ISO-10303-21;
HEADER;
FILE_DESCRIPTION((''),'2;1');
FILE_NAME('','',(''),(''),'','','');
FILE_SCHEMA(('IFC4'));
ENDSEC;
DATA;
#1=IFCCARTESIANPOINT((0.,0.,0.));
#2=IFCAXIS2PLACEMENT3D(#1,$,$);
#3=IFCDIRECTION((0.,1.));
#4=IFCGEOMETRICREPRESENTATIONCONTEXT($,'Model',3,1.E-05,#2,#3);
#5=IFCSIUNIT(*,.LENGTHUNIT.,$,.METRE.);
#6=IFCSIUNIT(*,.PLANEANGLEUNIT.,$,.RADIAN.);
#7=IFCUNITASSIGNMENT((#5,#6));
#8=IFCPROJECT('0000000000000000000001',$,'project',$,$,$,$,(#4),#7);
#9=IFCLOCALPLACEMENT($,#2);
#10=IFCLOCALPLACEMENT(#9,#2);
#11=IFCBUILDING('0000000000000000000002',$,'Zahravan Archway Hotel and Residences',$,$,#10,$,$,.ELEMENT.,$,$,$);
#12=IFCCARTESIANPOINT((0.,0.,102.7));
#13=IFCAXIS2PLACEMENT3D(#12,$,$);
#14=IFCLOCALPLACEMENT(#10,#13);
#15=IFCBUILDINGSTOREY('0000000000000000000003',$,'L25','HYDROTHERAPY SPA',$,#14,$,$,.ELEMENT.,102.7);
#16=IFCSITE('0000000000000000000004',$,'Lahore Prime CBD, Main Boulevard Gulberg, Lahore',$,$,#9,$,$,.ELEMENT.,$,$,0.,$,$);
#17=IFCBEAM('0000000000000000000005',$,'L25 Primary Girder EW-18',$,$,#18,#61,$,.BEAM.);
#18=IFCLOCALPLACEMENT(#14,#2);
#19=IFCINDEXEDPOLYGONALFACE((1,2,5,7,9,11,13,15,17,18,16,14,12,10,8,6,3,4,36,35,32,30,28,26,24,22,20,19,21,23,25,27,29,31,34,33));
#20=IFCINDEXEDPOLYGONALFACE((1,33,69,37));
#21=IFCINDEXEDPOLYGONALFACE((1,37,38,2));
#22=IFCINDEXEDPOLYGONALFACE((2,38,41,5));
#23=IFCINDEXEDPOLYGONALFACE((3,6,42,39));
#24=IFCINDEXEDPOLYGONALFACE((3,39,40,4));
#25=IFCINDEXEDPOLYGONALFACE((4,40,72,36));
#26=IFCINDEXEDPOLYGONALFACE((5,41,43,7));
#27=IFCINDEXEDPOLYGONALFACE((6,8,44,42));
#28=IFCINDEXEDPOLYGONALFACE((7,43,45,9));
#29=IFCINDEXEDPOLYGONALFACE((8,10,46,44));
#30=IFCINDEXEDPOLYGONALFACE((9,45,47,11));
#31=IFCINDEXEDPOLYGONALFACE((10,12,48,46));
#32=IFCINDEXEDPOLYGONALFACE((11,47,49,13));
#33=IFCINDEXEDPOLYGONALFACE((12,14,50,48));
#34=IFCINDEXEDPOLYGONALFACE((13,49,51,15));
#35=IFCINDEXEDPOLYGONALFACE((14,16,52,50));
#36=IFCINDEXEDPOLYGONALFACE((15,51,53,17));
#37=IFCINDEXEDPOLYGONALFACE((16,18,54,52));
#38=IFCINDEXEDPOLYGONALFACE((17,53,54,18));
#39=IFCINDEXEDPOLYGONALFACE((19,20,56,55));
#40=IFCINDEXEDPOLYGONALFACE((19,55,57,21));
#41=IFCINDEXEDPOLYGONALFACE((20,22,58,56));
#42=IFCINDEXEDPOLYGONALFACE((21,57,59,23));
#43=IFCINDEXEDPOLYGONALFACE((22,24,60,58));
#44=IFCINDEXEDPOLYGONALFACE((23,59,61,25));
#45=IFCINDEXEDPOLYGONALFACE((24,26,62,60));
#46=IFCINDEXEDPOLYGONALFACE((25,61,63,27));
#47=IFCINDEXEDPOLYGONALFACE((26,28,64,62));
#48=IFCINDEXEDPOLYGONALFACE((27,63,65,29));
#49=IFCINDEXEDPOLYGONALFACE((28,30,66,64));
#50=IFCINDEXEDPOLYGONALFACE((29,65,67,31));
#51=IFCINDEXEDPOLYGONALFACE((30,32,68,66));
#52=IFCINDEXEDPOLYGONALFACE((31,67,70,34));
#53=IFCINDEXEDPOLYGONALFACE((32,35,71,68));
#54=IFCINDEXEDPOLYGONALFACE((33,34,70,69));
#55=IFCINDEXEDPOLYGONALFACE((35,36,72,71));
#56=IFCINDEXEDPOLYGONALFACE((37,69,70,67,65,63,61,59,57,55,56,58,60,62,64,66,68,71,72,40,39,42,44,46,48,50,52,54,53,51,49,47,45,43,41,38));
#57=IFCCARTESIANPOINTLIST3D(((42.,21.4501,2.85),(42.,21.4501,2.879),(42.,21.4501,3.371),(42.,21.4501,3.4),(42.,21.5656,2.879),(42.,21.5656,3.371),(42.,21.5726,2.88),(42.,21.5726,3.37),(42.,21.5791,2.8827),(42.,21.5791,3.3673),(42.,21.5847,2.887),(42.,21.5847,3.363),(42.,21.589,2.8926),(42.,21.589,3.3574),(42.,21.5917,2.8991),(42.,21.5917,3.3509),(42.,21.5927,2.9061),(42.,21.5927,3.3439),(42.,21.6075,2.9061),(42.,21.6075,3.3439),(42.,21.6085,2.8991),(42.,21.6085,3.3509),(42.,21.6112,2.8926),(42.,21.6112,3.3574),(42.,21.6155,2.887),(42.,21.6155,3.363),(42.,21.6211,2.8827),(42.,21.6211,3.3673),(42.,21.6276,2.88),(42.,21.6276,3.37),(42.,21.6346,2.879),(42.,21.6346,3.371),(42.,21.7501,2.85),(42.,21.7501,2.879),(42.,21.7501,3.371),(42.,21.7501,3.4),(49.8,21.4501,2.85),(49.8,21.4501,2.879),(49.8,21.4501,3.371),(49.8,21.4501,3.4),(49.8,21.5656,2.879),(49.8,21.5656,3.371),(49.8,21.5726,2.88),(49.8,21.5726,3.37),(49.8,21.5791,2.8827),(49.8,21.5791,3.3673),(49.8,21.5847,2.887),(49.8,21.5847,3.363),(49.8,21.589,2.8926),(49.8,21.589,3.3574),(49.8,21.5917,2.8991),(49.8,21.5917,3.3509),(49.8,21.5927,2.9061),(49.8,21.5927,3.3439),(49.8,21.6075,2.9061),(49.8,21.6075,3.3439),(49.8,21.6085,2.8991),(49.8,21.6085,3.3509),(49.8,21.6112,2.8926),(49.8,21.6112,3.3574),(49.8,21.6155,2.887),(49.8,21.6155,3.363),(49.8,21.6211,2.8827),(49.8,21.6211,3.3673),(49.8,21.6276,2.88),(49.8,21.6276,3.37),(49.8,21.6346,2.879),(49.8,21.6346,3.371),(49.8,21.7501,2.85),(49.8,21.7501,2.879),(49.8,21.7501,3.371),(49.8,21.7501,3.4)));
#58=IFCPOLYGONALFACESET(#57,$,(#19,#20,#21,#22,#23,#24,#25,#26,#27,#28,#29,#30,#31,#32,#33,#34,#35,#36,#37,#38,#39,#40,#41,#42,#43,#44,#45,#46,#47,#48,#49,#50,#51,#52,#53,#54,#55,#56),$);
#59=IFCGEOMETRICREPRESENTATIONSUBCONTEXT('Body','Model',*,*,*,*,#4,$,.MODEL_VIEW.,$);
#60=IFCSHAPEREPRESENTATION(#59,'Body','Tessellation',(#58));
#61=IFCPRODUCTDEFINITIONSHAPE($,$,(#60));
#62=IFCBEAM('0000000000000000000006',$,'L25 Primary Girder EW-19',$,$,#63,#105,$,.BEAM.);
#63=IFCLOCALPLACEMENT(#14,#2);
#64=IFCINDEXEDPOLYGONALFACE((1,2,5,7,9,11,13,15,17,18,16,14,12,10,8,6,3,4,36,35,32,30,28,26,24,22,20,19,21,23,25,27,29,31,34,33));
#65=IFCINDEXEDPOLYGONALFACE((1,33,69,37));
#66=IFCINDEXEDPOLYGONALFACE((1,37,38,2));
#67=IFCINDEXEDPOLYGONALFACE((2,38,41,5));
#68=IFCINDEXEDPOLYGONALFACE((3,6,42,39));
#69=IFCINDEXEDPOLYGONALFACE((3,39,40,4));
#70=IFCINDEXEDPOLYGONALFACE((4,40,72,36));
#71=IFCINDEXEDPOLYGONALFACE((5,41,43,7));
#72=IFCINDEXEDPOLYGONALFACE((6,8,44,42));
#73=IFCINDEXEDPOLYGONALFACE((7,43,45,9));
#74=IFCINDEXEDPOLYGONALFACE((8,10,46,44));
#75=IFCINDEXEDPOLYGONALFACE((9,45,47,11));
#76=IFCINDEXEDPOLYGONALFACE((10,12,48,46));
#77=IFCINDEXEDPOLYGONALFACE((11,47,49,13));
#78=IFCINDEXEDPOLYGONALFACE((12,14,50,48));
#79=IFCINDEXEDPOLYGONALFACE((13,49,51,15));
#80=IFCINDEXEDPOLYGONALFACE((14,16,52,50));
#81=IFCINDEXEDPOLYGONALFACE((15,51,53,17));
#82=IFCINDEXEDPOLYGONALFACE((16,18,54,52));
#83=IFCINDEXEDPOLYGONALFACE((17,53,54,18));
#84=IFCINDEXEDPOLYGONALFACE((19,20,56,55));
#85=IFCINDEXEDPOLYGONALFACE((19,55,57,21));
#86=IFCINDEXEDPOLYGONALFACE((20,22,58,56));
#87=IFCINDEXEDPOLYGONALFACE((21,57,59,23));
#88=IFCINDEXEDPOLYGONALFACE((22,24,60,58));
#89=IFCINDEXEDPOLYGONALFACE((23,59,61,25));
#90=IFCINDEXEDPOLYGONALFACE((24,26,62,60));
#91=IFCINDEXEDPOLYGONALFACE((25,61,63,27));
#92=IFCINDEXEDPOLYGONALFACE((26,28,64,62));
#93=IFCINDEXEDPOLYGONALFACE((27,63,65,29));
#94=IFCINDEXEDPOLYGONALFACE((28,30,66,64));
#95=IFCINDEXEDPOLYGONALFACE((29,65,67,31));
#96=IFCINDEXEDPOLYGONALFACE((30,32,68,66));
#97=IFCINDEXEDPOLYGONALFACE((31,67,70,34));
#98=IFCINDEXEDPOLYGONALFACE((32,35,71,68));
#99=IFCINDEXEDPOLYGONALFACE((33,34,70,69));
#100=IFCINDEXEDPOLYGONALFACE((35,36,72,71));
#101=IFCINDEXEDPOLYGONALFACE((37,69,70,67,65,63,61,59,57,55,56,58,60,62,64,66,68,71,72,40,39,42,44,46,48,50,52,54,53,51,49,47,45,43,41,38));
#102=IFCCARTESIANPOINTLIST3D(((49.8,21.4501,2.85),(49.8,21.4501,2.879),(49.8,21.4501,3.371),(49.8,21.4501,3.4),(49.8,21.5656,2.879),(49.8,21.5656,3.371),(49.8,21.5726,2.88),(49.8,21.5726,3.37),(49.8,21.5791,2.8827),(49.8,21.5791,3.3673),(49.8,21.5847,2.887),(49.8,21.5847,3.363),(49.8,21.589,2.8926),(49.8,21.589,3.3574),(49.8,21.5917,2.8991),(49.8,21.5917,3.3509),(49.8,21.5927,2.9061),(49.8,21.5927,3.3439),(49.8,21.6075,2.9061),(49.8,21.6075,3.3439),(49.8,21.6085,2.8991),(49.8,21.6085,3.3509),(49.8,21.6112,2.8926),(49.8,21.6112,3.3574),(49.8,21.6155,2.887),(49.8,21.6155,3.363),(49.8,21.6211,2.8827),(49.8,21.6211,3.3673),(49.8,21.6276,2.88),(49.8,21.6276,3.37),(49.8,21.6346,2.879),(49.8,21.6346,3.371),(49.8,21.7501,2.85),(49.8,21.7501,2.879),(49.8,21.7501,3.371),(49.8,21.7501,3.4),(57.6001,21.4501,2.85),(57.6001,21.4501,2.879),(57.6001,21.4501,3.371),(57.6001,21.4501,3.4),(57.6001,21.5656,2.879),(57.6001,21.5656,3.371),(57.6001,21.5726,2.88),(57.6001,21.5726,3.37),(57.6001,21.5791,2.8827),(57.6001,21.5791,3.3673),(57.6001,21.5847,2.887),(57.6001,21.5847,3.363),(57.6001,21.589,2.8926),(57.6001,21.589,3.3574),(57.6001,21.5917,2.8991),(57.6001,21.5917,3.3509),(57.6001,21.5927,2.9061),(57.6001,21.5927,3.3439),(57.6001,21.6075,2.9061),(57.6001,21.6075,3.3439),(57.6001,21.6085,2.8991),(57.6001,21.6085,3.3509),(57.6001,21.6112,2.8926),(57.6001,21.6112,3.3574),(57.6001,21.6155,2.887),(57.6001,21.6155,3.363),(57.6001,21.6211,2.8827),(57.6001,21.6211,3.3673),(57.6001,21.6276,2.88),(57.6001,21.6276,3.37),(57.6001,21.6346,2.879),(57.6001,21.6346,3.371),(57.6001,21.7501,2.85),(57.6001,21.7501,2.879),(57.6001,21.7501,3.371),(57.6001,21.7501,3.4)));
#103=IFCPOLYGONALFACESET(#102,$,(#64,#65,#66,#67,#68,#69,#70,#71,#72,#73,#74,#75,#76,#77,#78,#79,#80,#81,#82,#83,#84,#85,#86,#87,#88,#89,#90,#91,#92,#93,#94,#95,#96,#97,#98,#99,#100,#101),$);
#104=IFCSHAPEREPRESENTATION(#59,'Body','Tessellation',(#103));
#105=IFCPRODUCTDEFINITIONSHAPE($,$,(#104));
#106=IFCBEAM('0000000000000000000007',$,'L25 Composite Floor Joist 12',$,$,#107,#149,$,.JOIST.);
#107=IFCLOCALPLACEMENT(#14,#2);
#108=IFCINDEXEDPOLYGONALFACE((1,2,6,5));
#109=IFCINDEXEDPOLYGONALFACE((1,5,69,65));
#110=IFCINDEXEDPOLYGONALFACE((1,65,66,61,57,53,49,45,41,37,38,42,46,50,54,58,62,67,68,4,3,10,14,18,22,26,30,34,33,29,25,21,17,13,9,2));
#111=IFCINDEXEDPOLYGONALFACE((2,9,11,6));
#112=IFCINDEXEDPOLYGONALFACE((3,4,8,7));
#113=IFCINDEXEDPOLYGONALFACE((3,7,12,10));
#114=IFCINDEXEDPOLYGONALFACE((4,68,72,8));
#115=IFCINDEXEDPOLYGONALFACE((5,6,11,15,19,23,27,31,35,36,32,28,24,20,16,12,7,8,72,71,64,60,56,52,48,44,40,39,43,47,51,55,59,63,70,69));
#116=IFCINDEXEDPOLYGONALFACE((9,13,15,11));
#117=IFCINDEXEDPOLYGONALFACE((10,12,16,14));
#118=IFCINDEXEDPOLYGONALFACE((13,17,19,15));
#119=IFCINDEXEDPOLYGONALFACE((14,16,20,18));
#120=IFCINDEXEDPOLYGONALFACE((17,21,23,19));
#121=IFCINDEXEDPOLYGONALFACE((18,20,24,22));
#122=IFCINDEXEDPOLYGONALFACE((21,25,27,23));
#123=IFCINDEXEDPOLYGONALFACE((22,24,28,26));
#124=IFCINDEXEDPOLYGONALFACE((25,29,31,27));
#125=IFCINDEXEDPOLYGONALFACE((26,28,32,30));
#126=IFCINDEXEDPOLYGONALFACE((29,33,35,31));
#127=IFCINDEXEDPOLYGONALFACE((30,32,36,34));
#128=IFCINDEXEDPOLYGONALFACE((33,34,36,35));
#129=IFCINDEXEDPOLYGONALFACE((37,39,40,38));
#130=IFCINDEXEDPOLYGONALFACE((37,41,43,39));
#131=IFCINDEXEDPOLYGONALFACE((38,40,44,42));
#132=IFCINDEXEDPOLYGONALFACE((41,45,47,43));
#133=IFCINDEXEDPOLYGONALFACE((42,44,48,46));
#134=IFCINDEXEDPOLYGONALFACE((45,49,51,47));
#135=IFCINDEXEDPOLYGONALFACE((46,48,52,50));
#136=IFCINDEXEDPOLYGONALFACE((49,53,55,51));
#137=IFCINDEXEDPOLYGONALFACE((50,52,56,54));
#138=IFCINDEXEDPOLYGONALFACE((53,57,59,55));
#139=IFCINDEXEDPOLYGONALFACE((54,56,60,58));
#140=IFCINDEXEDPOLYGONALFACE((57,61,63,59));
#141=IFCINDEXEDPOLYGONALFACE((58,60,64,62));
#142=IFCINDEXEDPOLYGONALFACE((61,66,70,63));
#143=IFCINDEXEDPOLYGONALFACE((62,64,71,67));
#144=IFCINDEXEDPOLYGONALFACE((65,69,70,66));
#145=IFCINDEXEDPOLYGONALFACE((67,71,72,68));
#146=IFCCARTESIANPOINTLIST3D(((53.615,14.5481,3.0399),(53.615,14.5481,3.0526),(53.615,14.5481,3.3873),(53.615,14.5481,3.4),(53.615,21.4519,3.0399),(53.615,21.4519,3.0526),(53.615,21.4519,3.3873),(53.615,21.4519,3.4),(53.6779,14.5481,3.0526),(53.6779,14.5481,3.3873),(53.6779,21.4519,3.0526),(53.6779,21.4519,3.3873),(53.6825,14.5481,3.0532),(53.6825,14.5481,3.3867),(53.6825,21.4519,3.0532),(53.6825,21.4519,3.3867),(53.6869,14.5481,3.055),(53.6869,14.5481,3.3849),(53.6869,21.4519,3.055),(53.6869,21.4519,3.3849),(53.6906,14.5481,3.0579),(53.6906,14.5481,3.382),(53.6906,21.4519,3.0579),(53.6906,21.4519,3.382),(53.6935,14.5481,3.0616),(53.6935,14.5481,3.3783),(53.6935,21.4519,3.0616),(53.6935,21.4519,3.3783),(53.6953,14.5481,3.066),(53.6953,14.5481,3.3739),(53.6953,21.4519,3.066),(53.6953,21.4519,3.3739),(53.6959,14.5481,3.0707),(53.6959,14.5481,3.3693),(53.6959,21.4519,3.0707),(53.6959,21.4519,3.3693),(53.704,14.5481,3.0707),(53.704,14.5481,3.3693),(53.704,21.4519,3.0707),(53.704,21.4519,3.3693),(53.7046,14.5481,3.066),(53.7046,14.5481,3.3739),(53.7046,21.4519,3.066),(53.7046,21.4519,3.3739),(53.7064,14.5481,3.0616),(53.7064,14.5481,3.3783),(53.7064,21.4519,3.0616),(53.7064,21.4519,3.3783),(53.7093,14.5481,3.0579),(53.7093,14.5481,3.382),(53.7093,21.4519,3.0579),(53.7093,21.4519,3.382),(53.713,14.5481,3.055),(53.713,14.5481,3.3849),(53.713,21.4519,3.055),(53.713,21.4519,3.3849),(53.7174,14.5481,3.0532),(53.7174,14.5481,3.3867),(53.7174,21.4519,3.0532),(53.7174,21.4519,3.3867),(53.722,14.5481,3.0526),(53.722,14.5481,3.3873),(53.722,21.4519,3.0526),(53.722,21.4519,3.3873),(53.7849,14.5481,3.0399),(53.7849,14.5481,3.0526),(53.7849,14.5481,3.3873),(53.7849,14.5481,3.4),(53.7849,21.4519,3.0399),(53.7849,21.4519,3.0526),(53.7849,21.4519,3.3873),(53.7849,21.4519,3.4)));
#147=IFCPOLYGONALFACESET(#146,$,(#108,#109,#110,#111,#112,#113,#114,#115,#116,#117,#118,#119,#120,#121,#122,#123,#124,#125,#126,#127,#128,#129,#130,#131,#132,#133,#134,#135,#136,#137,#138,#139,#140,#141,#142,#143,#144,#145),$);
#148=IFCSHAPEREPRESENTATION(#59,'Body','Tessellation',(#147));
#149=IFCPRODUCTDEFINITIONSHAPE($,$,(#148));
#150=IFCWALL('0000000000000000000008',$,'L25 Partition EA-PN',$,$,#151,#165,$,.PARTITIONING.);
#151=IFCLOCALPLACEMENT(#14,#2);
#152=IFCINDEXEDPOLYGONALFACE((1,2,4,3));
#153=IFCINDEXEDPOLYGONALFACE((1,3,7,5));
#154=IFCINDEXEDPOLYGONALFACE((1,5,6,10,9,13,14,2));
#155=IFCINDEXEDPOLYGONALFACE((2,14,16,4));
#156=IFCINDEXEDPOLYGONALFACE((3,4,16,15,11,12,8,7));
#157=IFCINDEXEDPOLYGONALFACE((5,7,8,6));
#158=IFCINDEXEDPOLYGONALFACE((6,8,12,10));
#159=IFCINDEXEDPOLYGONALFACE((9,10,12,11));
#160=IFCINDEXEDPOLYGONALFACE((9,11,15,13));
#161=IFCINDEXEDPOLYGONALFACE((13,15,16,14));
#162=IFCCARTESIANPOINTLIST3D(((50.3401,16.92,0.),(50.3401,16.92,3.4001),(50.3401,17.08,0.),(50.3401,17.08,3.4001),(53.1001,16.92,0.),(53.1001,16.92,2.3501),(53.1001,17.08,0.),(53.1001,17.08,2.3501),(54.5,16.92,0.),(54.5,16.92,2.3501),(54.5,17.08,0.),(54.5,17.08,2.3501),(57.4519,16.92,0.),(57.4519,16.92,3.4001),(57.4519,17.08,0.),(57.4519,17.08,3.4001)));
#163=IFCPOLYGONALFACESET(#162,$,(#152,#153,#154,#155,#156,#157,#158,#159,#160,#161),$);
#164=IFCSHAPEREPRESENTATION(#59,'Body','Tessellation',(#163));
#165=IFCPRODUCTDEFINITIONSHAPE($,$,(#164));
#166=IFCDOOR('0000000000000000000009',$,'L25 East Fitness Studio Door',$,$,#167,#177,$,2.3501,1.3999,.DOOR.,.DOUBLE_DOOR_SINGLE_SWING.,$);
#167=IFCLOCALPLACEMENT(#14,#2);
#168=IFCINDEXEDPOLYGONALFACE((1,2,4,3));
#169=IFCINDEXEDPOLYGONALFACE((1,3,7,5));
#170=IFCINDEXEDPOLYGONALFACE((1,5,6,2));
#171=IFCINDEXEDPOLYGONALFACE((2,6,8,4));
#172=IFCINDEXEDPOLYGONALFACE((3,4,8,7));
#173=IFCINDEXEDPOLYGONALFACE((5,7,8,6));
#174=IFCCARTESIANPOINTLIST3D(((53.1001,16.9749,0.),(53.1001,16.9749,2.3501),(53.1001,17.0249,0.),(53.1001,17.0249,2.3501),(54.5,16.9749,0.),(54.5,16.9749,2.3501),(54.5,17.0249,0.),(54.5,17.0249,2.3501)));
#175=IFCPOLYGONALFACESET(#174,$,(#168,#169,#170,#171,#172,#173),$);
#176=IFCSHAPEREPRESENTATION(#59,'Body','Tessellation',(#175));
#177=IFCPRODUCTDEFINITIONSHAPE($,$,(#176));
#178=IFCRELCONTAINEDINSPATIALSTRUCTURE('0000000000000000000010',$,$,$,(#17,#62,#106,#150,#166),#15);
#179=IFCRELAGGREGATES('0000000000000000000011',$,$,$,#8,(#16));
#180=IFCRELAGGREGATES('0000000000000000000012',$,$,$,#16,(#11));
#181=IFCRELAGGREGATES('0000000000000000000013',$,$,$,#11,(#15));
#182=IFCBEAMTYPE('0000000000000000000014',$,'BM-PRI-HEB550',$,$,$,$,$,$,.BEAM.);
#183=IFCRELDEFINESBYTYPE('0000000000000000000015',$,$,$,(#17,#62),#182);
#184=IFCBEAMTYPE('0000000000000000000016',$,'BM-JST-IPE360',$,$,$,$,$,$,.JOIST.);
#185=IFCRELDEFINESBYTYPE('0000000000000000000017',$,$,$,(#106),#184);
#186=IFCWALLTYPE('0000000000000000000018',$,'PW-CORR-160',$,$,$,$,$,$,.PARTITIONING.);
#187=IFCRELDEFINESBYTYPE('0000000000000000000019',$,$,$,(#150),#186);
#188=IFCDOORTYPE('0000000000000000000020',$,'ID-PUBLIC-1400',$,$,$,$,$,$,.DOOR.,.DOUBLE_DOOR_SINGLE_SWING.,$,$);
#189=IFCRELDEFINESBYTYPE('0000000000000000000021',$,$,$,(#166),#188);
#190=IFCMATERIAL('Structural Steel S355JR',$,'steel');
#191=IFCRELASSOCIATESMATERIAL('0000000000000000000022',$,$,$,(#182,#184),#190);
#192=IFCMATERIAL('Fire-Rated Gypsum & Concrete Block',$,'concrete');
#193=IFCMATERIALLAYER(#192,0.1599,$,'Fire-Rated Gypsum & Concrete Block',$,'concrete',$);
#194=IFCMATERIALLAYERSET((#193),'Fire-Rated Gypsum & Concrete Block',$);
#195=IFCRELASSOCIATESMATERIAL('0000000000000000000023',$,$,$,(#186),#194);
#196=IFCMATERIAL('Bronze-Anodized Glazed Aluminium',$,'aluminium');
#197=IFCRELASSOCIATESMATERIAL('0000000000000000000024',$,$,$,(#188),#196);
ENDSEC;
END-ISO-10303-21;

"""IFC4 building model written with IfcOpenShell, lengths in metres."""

from ifc_helpers import new_model, si_unit, direction, frame, frame_2d, origin, origin_2d, place, context, subcontext, project, spatial, rectangle, i_section, extrude, source, transform, mapped, material, layer, layer_set, material_profile, profile_set, type_object, type_shapes, element, fill, save


model = new_model("IFC4")

# Units and contexts
model_context = context("Model", 3, precision=1e-05, world=origin(), true_north=direction((0.0, 1.0)))
body_context = subcontext(model_context, "Body", "Model", "MODEL_VIEW")
ifc_project = project(units=[si_unit("LENGTHUNIT", "METRE"), si_unit("PLANEANGLEUNIT", "RADIAN")], contexts=[model_context])

# Site, building, storey
site_placement = place(None, origin())
site = spatial("IfcSite", under=ifc_project, at=site_placement, Name="Lahore Prime CBD, Main Boulevard Gulberg, Lahore", CompositionType="ELEMENT", RefElevation=0.0)
building_placement = place(site_placement, origin())
building = spatial("IfcBuilding", under=site, at=building_placement, Name="Zahravan Archway Hotel and Residences", CompositionType="ELEMENT")
storey_placement = place(building_placement, frame((0.0, 0.0, 102.7)))
storey = spatial("IfcBuildingStorey", under=building, at=storey_placement, Name="L25", Description="HYDROTHERAPY SPA", CompositionType="ELEMENT", Elevation=102.7)

# Beams
ifc_material_1 = material(Name="Structural Steel S355JR", Category="steel")
ifc_material_profile_1 = material_profile(ifc_material_1, i_section(OverallWidth=0.3, OverallDepth=0.55, WebThickness=0.0149, FlangeThickness=0.0291, FilletRadius=0.0271, at=origin_2d()), Name="HEB 550", Category="steel")
ifc_profile_set_1 = profile_set([ifc_material_profile_1], Name="Structural Steel S355JR")
beam_type_1 = type_object("IfcBeamType", Name="BM-PRI-HEB550", PredefinedType="BEAM", material=ifc_profile_set_1)
shared_shape_1 = source(origin(), body_context, "Body", "SweptSolid", [
    extrude(i_section(OverallWidth=0.3, OverallDepth=0.55, WebThickness=0.0149, FlangeThickness=0.0291, FilletRadius=0.0271, at=origin_2d()), origin(), (0.0, 0.0, 1.0), 7.8),
])
for number, where, z_axis, x_axis, name in (
    (1, (42.0, 21.6001, 3.125), (1.0, 0.0, 0.0), (0.0, 1.0, 0.0), "L25 Primary Girder EW-18"),
    (2, (49.8, 21.6001, 3.125), (1.0, 0.0, 0.0), (0.0, 1.0, 0.0), "L25 Primary Girder EW-19"),
):
    element("IfcBeam", number, at=place(storey_placement, frame(where, z_axis=z_axis, x_axis=x_axis)), inside=storey, type_object=beam_type_1, Name=name, PredefinedType="BEAM", context=body_context, shape_type="MappedRepresentation", body=[
        mapped(shared_shape_1, transform((0.0, 0.0, 0.0), scale=1.0)),
    ])
ifc_material_profile_2 = material_profile(ifc_material_1, i_section(OverallWidth=0.1699, OverallDepth=0.3601, WebThickness=0.0081, FlangeThickness=0.0127, FilletRadius=0.0181, at=origin_2d()), Name="IPE 360", Category="steel")
ifc_profile_set_2 = profile_set([ifc_material_profile_2], Name="Structural Steel S355JR")
beam_type_2 = type_object("IfcBeamType", Name="BM-JST-IPE360", PredefinedType="JOIST", material=ifc_profile_set_2)
shared_shape_2 = source(origin(), body_context, "Body", "SweptSolid", [
    extrude(i_section(OverallWidth=0.1699, OverallDepth=0.3601, WebThickness=0.0081, FlangeThickness=0.0127, FilletRadius=0.0181, at=origin_2d()), origin(), (0.0, 0.0, 1.0), 6.9038),
])
beam_placement = place(storey_placement, frame((53.7, 14.5481, 3.22), z_axis=(0.0, 1.0, 0.0), x_axis=(-1.0, 0.0, 0.0)))
element("IfcBeam", 3, at=beam_placement, inside=storey, type_object=beam_type_2, Name="L25 Composite Floor Joist 12", PredefinedType="JOIST", context=body_context, shape_type="MappedRepresentation", body=[
    mapped(shared_shape_2, transform((0.0, 0.0, 0.0), scale=1.0)),
])

# Wall, opening, door
ifc_material_2 = material(Name="Fire-Rated Gypsum & Concrete Block", Category="concrete")
ifc_layer_1 = layer(ifc_material_2, 0.1599, Name="Fire-Rated Gypsum & Concrete Block", Category="concrete")
ifc_layer_set_1 = layer_set([ifc_layer_1], Name="Fire-Rated Gypsum & Concrete Block")
wall_type_1 = type_object("IfcWallType", Name="PW-CORR-160", PredefinedType="PARTITIONING", material=ifc_layer_set_1)
wall_1_placement = place(storey_placement, frame((50.3401, 17.0, 0.0), z_axis=(0.0, 0.0, 1.0), x_axis=(1.0, 0.0, 0.0)))
wall_1 = element("IfcWall", 4, at=wall_1_placement, inside=storey, type_object=wall_type_1, Name="L25 Partition EA-PN", PredefinedType="PARTITIONING", context=body_context, shape_type="SweptSolid", body=[
    extrude(rectangle(XDim=7.1118, YDim=0.1599, at=frame_2d((3.5559, 0.0))), origin(), (0.0, 0.0, 1.0), 3.4001),
])
opening_1_placement = place(wall_1_placement, frame((2.76, 0.0, 0.0)))
opening_1 = element("IfcOpeningElement", 5, at=opening_1_placement, cuts=wall_1, PredefinedType="OPENING", context=body_context, shape_type="SweptSolid", body=[
    extrude(rectangle(XDim=1.3999, YDim=2.3501, at=frame_2d((0.7, 1.175))), frame((0.0, 0.0898, 0.0), z_axis=(0.0, -1.0, 0.0), x_axis=(1.0, 0.0, 0.0)), (0.0, 0.0, 1.0), 0.1799),
])
ifc_material_3 = material(Name="Bronze-Anodized Glazed Aluminium", Category="aluminium")
door_type_1 = type_object("IfcDoorType", Name="ID-PUBLIC-1400", OperationType="DOUBLE_DOOR_SINGLE_SWING", PredefinedType="DOOR", material=ifc_material_3)
shared_shape_3 = source(origin(), body_context, "Body", "SweptSolid", [
    extrude(rectangle(XDim=1.3999, YDim=2.3501, at=frame_2d((0.7, 1.175))), frame((0.0, 0.0249, 0.0), z_axis=(0.0, -1.0, 0.0), x_axis=(1.0, 0.0, 0.0)), (0.0, 0.0, 1.0), 0.05),
])
type_shapes(door_type_1, [shared_shape_3])
door_1_placement = place(opening_1_placement, origin())
door_1 = element("IfcDoor", 6, at=door_1_placement, inside=storey, type_object=door_type_1, Name="L25 East Fitness Studio Door", OperationType="DOUBLE_DOOR_SINGLE_SWING", OverallHeight=2.3501, OverallWidth=1.3999, PredefinedType="DOOR", context=body_context, shape_type="MappedRepresentation", body=[
    mapped(shared_shape_3, transform((0.0, 0.0, 0.0), scale=1.0)),
])
fill(opening_1, door_1)

save(model, "model.ifc")
